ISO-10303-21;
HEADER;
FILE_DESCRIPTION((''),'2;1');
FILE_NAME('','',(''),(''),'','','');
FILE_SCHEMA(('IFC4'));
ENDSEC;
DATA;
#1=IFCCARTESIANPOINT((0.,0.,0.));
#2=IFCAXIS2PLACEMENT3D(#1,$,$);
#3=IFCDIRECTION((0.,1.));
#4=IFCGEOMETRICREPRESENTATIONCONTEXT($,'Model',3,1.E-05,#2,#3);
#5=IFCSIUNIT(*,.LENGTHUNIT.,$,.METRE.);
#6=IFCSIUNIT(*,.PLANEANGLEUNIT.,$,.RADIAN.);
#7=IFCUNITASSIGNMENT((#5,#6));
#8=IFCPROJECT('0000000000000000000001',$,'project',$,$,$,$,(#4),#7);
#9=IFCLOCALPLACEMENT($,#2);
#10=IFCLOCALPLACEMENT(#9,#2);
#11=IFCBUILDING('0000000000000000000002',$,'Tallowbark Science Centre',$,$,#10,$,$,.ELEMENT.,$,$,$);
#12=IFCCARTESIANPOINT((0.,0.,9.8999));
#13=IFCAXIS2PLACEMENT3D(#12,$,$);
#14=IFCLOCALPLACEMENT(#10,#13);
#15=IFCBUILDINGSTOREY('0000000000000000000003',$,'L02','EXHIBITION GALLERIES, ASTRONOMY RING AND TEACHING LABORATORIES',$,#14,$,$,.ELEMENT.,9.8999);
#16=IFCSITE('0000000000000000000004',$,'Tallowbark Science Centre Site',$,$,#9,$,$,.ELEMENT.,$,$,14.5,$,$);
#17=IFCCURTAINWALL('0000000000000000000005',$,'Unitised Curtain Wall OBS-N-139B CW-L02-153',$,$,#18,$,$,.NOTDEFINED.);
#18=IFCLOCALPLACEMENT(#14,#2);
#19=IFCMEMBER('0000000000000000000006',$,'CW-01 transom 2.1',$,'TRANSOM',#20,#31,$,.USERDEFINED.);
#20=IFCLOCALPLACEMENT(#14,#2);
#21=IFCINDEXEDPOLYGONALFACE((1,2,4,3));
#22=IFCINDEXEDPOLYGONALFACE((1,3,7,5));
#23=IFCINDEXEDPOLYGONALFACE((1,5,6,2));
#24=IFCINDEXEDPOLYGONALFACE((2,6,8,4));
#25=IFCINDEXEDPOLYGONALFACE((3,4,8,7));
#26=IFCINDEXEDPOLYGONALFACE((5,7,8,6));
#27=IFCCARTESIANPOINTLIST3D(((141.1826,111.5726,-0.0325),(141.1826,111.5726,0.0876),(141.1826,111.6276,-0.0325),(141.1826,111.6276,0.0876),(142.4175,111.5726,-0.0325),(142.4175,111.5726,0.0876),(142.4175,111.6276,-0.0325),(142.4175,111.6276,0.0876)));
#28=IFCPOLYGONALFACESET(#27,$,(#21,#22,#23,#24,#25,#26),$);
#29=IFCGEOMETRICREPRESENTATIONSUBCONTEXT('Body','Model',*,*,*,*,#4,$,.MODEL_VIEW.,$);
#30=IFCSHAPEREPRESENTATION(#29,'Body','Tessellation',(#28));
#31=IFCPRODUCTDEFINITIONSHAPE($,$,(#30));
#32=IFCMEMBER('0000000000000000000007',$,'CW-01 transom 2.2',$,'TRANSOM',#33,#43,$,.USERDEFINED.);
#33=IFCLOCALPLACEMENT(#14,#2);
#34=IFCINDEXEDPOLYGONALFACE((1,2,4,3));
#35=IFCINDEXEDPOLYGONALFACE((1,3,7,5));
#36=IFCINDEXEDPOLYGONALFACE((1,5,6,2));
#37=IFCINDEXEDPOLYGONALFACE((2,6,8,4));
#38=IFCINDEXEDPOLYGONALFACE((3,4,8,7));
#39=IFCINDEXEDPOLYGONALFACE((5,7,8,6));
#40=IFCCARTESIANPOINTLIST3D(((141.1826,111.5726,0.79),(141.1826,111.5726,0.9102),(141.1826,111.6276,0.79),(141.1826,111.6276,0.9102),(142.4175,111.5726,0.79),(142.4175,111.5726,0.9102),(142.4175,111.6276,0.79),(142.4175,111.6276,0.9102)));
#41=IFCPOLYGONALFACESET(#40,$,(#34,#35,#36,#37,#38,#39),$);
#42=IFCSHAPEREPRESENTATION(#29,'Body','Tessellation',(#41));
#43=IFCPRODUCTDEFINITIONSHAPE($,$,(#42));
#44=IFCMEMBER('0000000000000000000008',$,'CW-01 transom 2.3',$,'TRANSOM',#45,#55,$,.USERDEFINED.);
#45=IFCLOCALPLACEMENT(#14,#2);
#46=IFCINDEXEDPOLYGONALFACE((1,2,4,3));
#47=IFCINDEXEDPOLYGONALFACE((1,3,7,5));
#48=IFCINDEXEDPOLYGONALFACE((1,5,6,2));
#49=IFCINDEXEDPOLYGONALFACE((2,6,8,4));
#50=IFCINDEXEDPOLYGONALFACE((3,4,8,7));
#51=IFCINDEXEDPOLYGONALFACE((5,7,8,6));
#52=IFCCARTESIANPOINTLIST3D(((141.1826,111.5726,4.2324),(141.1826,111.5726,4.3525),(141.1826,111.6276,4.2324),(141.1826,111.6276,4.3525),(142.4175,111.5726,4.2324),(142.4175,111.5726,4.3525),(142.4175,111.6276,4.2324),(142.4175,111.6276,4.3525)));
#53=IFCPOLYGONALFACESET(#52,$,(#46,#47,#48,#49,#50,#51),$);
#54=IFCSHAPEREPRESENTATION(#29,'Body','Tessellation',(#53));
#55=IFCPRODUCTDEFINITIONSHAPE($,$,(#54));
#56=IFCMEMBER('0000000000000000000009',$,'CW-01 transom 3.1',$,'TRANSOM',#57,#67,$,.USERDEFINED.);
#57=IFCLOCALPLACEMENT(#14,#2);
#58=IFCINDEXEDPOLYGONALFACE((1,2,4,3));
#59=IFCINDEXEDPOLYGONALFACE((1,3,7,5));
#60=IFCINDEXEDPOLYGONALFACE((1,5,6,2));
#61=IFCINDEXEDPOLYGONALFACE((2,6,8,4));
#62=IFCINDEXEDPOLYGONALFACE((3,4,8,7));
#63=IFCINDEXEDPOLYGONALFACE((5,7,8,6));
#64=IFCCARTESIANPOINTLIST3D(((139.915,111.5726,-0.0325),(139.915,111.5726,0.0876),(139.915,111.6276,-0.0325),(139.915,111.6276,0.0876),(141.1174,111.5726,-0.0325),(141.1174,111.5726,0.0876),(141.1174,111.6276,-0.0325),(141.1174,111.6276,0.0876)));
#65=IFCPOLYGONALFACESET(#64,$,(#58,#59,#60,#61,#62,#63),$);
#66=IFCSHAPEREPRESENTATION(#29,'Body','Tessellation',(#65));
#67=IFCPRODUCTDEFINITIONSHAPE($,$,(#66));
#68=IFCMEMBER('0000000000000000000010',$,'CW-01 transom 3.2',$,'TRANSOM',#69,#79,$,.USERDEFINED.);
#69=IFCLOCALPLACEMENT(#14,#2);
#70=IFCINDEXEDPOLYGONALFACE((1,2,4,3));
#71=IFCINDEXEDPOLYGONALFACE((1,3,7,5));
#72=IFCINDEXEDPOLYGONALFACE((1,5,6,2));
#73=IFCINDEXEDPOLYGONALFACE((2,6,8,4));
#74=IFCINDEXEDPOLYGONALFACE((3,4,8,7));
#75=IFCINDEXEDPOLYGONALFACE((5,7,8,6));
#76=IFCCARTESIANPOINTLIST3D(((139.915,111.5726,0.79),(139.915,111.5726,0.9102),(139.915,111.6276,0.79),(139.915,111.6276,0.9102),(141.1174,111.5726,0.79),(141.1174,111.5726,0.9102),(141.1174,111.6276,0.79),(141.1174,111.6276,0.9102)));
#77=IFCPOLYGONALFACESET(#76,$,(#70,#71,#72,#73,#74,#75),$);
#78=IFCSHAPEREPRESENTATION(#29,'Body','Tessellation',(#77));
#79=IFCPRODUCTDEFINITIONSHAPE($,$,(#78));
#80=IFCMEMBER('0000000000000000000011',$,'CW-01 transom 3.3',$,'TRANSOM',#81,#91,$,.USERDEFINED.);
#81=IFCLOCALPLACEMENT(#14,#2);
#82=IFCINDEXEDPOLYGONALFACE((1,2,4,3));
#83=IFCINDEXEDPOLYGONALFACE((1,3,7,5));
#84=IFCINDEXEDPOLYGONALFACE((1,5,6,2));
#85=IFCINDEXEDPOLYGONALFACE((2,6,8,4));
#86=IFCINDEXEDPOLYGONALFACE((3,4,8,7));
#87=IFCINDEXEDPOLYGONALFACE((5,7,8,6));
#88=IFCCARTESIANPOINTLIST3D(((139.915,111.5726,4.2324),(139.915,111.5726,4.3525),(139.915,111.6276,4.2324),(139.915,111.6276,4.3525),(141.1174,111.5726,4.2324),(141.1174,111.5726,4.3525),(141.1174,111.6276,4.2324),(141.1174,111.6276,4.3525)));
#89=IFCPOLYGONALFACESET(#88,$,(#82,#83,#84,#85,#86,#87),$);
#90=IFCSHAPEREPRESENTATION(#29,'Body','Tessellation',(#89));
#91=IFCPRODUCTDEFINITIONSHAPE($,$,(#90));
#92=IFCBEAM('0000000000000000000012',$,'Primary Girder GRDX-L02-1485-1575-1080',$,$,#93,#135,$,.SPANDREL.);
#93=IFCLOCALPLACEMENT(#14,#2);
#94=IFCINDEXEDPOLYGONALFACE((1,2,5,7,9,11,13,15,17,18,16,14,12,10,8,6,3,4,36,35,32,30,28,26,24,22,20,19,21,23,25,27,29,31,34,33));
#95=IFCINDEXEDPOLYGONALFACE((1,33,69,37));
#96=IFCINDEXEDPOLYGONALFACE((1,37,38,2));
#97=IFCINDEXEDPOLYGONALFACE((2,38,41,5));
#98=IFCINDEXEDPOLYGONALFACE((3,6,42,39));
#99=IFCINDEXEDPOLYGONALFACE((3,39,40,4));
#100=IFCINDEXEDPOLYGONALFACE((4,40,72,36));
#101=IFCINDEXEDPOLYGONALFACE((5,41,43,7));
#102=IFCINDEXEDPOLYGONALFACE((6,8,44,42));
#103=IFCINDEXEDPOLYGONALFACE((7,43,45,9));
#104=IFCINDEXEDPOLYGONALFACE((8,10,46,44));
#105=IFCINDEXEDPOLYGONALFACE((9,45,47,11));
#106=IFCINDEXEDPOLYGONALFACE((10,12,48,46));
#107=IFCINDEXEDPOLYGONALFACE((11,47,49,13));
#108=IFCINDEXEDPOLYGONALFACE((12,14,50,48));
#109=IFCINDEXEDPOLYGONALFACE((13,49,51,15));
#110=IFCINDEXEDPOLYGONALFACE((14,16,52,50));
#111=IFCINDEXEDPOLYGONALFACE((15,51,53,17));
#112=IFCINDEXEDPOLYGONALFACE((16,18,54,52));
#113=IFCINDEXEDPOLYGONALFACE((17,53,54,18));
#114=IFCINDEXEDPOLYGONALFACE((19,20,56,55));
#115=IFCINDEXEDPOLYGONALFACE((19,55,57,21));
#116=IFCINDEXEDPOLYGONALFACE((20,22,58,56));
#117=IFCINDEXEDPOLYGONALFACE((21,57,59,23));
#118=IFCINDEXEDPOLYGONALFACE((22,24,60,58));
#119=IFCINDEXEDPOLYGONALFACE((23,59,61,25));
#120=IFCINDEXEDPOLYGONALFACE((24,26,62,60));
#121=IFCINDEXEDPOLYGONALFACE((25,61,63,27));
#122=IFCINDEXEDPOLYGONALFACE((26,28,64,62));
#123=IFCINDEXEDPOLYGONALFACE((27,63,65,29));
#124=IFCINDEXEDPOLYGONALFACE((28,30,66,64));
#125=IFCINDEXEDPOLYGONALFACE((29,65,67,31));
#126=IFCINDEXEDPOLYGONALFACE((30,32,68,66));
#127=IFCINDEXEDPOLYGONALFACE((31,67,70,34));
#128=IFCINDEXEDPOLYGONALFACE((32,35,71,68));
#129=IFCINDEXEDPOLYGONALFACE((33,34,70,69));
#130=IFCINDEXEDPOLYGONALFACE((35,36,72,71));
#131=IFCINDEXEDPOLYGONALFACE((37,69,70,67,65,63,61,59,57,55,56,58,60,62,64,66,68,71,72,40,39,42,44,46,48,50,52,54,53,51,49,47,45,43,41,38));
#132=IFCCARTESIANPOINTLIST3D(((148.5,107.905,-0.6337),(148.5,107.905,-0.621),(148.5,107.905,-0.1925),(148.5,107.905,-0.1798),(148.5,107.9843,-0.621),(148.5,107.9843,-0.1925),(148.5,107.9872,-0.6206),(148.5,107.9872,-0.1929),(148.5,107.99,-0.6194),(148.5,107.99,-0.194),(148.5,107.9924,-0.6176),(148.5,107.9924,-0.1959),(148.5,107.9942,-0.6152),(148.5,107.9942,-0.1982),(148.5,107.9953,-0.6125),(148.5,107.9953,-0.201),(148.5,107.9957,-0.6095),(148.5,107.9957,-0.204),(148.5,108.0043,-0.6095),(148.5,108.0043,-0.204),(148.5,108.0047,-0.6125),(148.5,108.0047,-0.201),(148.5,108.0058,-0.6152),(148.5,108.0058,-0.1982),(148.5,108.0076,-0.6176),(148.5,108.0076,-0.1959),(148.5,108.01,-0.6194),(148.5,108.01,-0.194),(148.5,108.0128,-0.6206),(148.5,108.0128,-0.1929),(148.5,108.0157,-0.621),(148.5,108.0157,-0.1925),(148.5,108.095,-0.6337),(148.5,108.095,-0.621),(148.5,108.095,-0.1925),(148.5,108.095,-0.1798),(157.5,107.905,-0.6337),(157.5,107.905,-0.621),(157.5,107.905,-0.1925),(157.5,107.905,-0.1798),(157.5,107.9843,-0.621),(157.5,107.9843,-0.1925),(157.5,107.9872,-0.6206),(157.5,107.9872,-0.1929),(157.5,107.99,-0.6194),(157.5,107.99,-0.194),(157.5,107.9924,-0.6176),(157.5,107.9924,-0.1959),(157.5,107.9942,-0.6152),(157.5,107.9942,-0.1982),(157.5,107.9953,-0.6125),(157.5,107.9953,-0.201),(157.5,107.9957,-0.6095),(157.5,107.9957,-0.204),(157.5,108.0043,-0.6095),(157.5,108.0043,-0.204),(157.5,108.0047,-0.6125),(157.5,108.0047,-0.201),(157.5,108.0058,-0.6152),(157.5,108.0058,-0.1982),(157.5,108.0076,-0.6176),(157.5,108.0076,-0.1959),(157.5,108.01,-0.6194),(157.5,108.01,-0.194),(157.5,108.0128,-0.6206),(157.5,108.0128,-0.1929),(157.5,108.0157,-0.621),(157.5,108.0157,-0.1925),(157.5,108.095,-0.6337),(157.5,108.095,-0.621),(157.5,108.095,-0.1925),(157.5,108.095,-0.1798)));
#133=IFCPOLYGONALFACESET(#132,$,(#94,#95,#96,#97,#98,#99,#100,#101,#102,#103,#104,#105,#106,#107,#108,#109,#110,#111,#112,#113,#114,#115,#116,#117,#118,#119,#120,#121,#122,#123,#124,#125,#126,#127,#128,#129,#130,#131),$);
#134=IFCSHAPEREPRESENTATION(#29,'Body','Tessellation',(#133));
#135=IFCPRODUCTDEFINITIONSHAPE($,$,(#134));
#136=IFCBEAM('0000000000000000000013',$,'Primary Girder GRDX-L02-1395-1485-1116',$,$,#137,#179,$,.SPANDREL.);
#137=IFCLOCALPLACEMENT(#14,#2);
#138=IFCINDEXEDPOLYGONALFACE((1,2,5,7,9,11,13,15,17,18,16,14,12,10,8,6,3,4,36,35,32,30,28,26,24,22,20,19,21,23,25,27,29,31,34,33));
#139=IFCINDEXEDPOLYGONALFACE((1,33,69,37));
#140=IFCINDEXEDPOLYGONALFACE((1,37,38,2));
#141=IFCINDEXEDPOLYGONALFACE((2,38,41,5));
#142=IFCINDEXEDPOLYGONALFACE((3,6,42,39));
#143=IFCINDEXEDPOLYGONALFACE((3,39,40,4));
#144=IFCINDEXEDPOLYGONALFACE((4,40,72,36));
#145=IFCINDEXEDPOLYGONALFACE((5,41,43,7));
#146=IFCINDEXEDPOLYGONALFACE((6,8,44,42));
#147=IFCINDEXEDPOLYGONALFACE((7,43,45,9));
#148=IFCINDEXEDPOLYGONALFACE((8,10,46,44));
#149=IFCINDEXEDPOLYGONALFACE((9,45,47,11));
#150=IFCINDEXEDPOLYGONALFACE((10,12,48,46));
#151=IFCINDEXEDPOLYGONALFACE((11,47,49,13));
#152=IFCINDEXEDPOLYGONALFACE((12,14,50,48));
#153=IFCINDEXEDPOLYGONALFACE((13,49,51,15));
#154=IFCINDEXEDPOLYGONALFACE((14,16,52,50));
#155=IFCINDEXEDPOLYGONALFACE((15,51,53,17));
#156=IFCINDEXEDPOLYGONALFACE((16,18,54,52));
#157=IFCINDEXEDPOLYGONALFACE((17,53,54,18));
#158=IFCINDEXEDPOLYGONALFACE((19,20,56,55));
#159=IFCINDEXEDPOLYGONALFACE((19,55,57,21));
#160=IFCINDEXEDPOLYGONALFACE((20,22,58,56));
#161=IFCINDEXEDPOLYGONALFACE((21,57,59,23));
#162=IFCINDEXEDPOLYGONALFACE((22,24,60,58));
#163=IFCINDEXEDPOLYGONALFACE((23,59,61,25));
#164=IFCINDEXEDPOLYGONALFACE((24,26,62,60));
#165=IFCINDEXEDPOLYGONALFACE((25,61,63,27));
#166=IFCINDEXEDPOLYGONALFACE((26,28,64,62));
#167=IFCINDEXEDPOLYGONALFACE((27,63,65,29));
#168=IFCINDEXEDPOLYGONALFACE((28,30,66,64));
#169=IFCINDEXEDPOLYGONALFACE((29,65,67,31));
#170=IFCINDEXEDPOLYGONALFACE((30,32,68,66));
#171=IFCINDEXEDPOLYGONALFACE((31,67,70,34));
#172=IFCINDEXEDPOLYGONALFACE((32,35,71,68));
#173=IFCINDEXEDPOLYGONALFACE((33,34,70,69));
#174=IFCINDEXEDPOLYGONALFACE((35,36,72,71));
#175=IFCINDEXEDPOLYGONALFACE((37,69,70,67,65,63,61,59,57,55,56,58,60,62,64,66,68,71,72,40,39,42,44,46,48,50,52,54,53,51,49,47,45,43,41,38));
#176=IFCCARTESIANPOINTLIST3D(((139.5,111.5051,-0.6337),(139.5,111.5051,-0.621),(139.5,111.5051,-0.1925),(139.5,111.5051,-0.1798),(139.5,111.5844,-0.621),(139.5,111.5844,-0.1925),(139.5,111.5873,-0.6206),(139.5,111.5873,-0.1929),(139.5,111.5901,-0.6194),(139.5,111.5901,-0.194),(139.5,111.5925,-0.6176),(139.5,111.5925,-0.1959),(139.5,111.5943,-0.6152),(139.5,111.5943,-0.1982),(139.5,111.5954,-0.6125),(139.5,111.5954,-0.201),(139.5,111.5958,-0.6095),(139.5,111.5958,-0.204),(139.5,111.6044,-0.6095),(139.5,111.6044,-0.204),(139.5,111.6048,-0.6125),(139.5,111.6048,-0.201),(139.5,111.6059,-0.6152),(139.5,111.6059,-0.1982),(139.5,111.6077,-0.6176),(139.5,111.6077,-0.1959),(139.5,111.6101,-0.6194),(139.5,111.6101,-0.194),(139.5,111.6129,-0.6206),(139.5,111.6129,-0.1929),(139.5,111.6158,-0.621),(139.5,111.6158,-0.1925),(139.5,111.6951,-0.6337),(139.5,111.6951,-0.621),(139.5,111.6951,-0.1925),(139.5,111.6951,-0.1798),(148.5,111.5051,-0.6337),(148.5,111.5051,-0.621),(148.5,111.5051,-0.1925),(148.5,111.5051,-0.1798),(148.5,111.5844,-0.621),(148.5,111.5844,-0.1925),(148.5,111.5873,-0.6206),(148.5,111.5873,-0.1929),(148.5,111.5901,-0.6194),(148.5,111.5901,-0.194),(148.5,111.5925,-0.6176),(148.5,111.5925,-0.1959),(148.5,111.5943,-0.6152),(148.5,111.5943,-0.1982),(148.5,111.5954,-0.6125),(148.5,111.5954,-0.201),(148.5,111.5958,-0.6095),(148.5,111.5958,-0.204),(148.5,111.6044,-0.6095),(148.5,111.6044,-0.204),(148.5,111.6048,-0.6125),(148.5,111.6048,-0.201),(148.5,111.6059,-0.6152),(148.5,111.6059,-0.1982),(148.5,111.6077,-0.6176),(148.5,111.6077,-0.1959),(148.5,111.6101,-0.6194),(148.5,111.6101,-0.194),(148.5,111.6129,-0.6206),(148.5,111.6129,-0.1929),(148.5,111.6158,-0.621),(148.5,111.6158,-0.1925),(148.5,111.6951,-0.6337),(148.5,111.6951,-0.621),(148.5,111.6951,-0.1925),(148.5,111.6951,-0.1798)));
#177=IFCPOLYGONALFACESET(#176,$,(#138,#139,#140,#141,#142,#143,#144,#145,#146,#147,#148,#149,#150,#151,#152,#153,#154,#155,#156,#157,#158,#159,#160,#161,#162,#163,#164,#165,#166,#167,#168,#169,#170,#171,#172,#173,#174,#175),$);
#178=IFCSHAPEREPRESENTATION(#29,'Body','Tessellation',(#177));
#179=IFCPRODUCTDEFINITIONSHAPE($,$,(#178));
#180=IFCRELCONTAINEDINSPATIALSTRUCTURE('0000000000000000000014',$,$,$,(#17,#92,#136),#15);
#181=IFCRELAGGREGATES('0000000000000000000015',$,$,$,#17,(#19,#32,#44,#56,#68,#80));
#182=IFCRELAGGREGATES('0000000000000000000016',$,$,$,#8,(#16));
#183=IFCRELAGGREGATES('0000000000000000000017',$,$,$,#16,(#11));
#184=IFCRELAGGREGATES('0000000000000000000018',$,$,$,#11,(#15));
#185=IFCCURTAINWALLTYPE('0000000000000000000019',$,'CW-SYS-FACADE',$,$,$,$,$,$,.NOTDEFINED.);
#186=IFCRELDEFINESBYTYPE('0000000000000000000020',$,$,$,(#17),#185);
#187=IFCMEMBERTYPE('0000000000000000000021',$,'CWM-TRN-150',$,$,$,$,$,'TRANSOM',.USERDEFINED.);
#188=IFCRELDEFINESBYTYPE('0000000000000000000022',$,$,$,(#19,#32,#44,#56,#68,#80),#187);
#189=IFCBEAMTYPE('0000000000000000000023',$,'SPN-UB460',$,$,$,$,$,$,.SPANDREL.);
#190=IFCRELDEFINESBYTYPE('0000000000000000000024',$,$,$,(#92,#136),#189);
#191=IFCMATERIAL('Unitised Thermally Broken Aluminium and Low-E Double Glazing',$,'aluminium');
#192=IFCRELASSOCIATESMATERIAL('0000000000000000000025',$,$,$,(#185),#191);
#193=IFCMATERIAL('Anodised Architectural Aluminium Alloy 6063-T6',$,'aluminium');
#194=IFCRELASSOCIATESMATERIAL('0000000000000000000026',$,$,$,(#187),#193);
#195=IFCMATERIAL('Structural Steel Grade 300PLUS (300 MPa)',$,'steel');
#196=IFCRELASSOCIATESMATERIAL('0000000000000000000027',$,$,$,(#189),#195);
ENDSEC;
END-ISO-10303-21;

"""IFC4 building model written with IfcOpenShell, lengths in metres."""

from ifc_helpers import new_model, si_unit, direction, frame, origin, origin_2d, place, context, subcontext, project, spatial, rectangle, i_section, extrude, material, material_profile, profile_set, type_object, element, aggregate, save


model = new_model("IFC4")

# Units and contexts
model_context = context("Model", 3, precision=1e-05, world=origin(), true_north=direction((0.0, 1.0)))
body_context = subcontext(model_context, "Body", "Model", "MODEL_VIEW")
ifc_project = project(units=[si_unit("LENGTHUNIT", "METRE"), si_unit("PLANEANGLEUNIT", "RADIAN")], contexts=[model_context])

# Site, building, storey
site_placement = place(None, origin())
site = spatial("IfcSite", under=ifc_project, at=site_placement, Name="Tallowbark Science Centre Site", CompositionType="ELEMENT", RefElevation=14.5)
building_placement = place(site_placement, origin())
building = spatial("IfcBuilding", under=site, at=building_placement, Name="Tallowbark Science Centre", CompositionType="ELEMENT")
storey_placement = place(building_placement, frame((0.0, 0.0, 9.8999)))
storey = spatial("IfcBuildingStorey", under=building, at=storey_placement, Name="L02", Description="EXHIBITION GALLERIES, ASTRONOMY RING AND TEACHING LABORATORIES", CompositionType="ELEMENT", Elevation=9.8999)

# Shared definitions
ifc_material_1 = material(Name="Structural Steel Grade 300PLUS (300 MPa)", Category="steel")

# Curtain wall, members
ifc_material_2 = material(Name="Unitised Thermally Broken Aluminium and Low-E Double Glazing", Category="aluminium")
curtain_wall_type = type_object("IfcCurtainWallType", Name="CW-SYS-FACADE", PredefinedType="NOTDEFINED", material=ifc_material_2)
curtain_wall_placement = place(storey_placement, origin())
curtain_wall = element("IfcCurtainWall", 1, at=curtain_wall_placement, inside=storey, type_object=curtain_wall_type, Name="Unitised Curtain Wall OBS-N-139B CW-L02-153", PredefinedType="NOTDEFINED")
ifc_material_3 = material(Name="Anodised Architectural Aluminium Alloy 6063-T6", Category="aluminium")
ifc_material_profile_1 = material_profile(ifc_material_3, rectangle(XDim=0.0549, YDim=0.1201, at=origin_2d()), Name="ALU55x120")
ifc_profile_set_1 = profile_set([ifc_material_profile_1], Name="Anodised Architectural Aluminium Alloy 6063-T6")
member_type_1 = type_object("IfcMemberType", Name="CWM-TRN-150", ElementType="TRANSOM", PredefinedType="USERDEFINED", material=ifc_profile_set_1)
member_1_placement = place(storey_placement, frame((142.4175, 111.6001, 0.0276), z_axis=(-1.0, 0.0, 0.0), x_axis=(0.0, -1.0, 0.0)))
member_1 = element("IfcMember", 2, at=member_1_placement, type_object=member_type_1, Name="CW-01 transom 2.1", ObjectType="TRANSOM", PredefinedType="USERDEFINED", context=body_context, shape_type="SweptSolid", body=[
    extrude(rectangle(XDim=0.0549, YDim=0.1201, at=origin_2d()), origin(), (0.0, 0.0, 1.0), 1.2349),
])
member_2_placement = place(storey_placement, frame((142.4175, 111.6001, 0.8501), z_axis=(-1.0, 0.0, 0.0), x_axis=(0.0, -1.0, 0.0)))
member_2 = element("IfcMember", 3, at=member_2_placement, type_object=member_type_1, Name="CW-01 transom 2.2", ObjectType="TRANSOM", PredefinedType="USERDEFINED", context=body_context, shape_type="SweptSolid", body=[
    extrude(rectangle(XDim=0.0549, YDim=0.1201, at=origin_2d()), origin(), (0.0, 0.0, 1.0), 1.2349),
])
member_3_placement = place(storey_placement, frame((142.4175, 111.6001, 4.2925), z_axis=(-1.0, 0.0, 0.0), x_axis=(0.0, -1.0, 0.0)))
member_3 = element("IfcMember", 4, at=member_3_placement, type_object=member_type_1, Name="CW-01 transom 2.3", ObjectType="TRANSOM", PredefinedType="USERDEFINED", context=body_context, shape_type="SweptSolid", body=[
    extrude(rectangle(XDim=0.0549, YDim=0.1201, at=origin_2d()), origin(), (0.0, 0.0, 1.0), 1.2349),
])
member_4_placement = place(storey_placement, frame((141.1174, 111.6001, 0.0276), z_axis=(-1.0, 0.0, 0.0), x_axis=(0.0, -1.0, 0.0)))
member_4 = element("IfcMember", 5, at=member_4_placement, type_object=member_type_1, Name="CW-01 transom 3.1", ObjectType="TRANSOM", PredefinedType="USERDEFINED", context=body_context, shape_type="SweptSolid", body=[
    extrude(rectangle(XDim=0.0549, YDim=0.1201, at=origin_2d()), origin(), (0.0, 0.0, 1.0), 1.2024),
])
member_5_placement = place(storey_placement, frame((141.1174, 111.6001, 0.8501), z_axis=(-1.0, 0.0, 0.0), x_axis=(0.0, -1.0, 0.0)))
member_5 = element("IfcMember", 6, at=member_5_placement, type_object=member_type_1, Name="CW-01 transom 3.2", ObjectType="TRANSOM", PredefinedType="USERDEFINED", context=body_context, shape_type="SweptSolid", body=[
    extrude(rectangle(XDim=0.0549, YDim=0.1201, at=origin_2d()), origin(), (0.0, 0.0, 1.0), 1.2024),
])
member_6_placement = place(storey_placement, frame((141.1174, 111.6001, 4.2925), z_axis=(-1.0, 0.0, 0.0), x_axis=(0.0, -1.0, 0.0)))
member_6 = element("IfcMember", 7, at=member_6_placement, type_object=member_type_1, Name="CW-01 transom 3.3", ObjectType="TRANSOM", PredefinedType="USERDEFINED", context=body_context, shape_type="SweptSolid", body=[
    extrude(rectangle(XDim=0.0549, YDim=0.1201, at=origin_2d()), origin(), (0.0, 0.0, 1.0), 1.2024),
])

# Beams
ifc_material_profile_2 = material_profile(ifc_material_1, i_section(OverallWidth=0.1899, OverallDepth=0.4539, WebThickness=0.0085, FlangeThickness=0.0127, FilletRadius=0.0115, at=origin_2d()), Name="460UB67.1")
ifc_profile_set_2 = profile_set([ifc_material_profile_2], Name="Structural Steel Grade 300PLUS (300 MPa)")
beam_type = type_object("IfcBeamType", Name="SPN-UB460", PredefinedType="SPANDREL", material=ifc_profile_set_2)
for number, where, z_axis, x_axis, name in (
    (8, (148.5, 108.0, -0.4067), (1.0, 0.0, 0.0), (0.0, 1.0, 0.0), "Primary Girder GRDX-L02-1485-1575-1080"),
    (9, (139.5, 111.6001, -0.4067), (1.0, 0.0, 0.0), (0.0, 1.0, 0.0), "Primary Girder GRDX-L02-1395-1485-1116"),
):
    element("IfcBeam", number, at=place(storey_placement, frame(where, z_axis=z_axis, x_axis=x_axis)), inside=storey, type_object=beam_type, Name=name, PredefinedType="SPANDREL", context=body_context, shape_type="SweptSolid", body=[
        extrude(i_section(OverallWidth=0.1899, OverallDepth=0.4539, WebThickness=0.0085, FlangeThickness=0.0127, FilletRadius=0.0115, at=origin_2d()), origin(), (0.0, 0.0, 1.0), 9.0),
    ])

aggregate(curtain_wall, [member_1, member_2, member_3, member_4, member_5, member_6])

save(model, "model.ifc")
